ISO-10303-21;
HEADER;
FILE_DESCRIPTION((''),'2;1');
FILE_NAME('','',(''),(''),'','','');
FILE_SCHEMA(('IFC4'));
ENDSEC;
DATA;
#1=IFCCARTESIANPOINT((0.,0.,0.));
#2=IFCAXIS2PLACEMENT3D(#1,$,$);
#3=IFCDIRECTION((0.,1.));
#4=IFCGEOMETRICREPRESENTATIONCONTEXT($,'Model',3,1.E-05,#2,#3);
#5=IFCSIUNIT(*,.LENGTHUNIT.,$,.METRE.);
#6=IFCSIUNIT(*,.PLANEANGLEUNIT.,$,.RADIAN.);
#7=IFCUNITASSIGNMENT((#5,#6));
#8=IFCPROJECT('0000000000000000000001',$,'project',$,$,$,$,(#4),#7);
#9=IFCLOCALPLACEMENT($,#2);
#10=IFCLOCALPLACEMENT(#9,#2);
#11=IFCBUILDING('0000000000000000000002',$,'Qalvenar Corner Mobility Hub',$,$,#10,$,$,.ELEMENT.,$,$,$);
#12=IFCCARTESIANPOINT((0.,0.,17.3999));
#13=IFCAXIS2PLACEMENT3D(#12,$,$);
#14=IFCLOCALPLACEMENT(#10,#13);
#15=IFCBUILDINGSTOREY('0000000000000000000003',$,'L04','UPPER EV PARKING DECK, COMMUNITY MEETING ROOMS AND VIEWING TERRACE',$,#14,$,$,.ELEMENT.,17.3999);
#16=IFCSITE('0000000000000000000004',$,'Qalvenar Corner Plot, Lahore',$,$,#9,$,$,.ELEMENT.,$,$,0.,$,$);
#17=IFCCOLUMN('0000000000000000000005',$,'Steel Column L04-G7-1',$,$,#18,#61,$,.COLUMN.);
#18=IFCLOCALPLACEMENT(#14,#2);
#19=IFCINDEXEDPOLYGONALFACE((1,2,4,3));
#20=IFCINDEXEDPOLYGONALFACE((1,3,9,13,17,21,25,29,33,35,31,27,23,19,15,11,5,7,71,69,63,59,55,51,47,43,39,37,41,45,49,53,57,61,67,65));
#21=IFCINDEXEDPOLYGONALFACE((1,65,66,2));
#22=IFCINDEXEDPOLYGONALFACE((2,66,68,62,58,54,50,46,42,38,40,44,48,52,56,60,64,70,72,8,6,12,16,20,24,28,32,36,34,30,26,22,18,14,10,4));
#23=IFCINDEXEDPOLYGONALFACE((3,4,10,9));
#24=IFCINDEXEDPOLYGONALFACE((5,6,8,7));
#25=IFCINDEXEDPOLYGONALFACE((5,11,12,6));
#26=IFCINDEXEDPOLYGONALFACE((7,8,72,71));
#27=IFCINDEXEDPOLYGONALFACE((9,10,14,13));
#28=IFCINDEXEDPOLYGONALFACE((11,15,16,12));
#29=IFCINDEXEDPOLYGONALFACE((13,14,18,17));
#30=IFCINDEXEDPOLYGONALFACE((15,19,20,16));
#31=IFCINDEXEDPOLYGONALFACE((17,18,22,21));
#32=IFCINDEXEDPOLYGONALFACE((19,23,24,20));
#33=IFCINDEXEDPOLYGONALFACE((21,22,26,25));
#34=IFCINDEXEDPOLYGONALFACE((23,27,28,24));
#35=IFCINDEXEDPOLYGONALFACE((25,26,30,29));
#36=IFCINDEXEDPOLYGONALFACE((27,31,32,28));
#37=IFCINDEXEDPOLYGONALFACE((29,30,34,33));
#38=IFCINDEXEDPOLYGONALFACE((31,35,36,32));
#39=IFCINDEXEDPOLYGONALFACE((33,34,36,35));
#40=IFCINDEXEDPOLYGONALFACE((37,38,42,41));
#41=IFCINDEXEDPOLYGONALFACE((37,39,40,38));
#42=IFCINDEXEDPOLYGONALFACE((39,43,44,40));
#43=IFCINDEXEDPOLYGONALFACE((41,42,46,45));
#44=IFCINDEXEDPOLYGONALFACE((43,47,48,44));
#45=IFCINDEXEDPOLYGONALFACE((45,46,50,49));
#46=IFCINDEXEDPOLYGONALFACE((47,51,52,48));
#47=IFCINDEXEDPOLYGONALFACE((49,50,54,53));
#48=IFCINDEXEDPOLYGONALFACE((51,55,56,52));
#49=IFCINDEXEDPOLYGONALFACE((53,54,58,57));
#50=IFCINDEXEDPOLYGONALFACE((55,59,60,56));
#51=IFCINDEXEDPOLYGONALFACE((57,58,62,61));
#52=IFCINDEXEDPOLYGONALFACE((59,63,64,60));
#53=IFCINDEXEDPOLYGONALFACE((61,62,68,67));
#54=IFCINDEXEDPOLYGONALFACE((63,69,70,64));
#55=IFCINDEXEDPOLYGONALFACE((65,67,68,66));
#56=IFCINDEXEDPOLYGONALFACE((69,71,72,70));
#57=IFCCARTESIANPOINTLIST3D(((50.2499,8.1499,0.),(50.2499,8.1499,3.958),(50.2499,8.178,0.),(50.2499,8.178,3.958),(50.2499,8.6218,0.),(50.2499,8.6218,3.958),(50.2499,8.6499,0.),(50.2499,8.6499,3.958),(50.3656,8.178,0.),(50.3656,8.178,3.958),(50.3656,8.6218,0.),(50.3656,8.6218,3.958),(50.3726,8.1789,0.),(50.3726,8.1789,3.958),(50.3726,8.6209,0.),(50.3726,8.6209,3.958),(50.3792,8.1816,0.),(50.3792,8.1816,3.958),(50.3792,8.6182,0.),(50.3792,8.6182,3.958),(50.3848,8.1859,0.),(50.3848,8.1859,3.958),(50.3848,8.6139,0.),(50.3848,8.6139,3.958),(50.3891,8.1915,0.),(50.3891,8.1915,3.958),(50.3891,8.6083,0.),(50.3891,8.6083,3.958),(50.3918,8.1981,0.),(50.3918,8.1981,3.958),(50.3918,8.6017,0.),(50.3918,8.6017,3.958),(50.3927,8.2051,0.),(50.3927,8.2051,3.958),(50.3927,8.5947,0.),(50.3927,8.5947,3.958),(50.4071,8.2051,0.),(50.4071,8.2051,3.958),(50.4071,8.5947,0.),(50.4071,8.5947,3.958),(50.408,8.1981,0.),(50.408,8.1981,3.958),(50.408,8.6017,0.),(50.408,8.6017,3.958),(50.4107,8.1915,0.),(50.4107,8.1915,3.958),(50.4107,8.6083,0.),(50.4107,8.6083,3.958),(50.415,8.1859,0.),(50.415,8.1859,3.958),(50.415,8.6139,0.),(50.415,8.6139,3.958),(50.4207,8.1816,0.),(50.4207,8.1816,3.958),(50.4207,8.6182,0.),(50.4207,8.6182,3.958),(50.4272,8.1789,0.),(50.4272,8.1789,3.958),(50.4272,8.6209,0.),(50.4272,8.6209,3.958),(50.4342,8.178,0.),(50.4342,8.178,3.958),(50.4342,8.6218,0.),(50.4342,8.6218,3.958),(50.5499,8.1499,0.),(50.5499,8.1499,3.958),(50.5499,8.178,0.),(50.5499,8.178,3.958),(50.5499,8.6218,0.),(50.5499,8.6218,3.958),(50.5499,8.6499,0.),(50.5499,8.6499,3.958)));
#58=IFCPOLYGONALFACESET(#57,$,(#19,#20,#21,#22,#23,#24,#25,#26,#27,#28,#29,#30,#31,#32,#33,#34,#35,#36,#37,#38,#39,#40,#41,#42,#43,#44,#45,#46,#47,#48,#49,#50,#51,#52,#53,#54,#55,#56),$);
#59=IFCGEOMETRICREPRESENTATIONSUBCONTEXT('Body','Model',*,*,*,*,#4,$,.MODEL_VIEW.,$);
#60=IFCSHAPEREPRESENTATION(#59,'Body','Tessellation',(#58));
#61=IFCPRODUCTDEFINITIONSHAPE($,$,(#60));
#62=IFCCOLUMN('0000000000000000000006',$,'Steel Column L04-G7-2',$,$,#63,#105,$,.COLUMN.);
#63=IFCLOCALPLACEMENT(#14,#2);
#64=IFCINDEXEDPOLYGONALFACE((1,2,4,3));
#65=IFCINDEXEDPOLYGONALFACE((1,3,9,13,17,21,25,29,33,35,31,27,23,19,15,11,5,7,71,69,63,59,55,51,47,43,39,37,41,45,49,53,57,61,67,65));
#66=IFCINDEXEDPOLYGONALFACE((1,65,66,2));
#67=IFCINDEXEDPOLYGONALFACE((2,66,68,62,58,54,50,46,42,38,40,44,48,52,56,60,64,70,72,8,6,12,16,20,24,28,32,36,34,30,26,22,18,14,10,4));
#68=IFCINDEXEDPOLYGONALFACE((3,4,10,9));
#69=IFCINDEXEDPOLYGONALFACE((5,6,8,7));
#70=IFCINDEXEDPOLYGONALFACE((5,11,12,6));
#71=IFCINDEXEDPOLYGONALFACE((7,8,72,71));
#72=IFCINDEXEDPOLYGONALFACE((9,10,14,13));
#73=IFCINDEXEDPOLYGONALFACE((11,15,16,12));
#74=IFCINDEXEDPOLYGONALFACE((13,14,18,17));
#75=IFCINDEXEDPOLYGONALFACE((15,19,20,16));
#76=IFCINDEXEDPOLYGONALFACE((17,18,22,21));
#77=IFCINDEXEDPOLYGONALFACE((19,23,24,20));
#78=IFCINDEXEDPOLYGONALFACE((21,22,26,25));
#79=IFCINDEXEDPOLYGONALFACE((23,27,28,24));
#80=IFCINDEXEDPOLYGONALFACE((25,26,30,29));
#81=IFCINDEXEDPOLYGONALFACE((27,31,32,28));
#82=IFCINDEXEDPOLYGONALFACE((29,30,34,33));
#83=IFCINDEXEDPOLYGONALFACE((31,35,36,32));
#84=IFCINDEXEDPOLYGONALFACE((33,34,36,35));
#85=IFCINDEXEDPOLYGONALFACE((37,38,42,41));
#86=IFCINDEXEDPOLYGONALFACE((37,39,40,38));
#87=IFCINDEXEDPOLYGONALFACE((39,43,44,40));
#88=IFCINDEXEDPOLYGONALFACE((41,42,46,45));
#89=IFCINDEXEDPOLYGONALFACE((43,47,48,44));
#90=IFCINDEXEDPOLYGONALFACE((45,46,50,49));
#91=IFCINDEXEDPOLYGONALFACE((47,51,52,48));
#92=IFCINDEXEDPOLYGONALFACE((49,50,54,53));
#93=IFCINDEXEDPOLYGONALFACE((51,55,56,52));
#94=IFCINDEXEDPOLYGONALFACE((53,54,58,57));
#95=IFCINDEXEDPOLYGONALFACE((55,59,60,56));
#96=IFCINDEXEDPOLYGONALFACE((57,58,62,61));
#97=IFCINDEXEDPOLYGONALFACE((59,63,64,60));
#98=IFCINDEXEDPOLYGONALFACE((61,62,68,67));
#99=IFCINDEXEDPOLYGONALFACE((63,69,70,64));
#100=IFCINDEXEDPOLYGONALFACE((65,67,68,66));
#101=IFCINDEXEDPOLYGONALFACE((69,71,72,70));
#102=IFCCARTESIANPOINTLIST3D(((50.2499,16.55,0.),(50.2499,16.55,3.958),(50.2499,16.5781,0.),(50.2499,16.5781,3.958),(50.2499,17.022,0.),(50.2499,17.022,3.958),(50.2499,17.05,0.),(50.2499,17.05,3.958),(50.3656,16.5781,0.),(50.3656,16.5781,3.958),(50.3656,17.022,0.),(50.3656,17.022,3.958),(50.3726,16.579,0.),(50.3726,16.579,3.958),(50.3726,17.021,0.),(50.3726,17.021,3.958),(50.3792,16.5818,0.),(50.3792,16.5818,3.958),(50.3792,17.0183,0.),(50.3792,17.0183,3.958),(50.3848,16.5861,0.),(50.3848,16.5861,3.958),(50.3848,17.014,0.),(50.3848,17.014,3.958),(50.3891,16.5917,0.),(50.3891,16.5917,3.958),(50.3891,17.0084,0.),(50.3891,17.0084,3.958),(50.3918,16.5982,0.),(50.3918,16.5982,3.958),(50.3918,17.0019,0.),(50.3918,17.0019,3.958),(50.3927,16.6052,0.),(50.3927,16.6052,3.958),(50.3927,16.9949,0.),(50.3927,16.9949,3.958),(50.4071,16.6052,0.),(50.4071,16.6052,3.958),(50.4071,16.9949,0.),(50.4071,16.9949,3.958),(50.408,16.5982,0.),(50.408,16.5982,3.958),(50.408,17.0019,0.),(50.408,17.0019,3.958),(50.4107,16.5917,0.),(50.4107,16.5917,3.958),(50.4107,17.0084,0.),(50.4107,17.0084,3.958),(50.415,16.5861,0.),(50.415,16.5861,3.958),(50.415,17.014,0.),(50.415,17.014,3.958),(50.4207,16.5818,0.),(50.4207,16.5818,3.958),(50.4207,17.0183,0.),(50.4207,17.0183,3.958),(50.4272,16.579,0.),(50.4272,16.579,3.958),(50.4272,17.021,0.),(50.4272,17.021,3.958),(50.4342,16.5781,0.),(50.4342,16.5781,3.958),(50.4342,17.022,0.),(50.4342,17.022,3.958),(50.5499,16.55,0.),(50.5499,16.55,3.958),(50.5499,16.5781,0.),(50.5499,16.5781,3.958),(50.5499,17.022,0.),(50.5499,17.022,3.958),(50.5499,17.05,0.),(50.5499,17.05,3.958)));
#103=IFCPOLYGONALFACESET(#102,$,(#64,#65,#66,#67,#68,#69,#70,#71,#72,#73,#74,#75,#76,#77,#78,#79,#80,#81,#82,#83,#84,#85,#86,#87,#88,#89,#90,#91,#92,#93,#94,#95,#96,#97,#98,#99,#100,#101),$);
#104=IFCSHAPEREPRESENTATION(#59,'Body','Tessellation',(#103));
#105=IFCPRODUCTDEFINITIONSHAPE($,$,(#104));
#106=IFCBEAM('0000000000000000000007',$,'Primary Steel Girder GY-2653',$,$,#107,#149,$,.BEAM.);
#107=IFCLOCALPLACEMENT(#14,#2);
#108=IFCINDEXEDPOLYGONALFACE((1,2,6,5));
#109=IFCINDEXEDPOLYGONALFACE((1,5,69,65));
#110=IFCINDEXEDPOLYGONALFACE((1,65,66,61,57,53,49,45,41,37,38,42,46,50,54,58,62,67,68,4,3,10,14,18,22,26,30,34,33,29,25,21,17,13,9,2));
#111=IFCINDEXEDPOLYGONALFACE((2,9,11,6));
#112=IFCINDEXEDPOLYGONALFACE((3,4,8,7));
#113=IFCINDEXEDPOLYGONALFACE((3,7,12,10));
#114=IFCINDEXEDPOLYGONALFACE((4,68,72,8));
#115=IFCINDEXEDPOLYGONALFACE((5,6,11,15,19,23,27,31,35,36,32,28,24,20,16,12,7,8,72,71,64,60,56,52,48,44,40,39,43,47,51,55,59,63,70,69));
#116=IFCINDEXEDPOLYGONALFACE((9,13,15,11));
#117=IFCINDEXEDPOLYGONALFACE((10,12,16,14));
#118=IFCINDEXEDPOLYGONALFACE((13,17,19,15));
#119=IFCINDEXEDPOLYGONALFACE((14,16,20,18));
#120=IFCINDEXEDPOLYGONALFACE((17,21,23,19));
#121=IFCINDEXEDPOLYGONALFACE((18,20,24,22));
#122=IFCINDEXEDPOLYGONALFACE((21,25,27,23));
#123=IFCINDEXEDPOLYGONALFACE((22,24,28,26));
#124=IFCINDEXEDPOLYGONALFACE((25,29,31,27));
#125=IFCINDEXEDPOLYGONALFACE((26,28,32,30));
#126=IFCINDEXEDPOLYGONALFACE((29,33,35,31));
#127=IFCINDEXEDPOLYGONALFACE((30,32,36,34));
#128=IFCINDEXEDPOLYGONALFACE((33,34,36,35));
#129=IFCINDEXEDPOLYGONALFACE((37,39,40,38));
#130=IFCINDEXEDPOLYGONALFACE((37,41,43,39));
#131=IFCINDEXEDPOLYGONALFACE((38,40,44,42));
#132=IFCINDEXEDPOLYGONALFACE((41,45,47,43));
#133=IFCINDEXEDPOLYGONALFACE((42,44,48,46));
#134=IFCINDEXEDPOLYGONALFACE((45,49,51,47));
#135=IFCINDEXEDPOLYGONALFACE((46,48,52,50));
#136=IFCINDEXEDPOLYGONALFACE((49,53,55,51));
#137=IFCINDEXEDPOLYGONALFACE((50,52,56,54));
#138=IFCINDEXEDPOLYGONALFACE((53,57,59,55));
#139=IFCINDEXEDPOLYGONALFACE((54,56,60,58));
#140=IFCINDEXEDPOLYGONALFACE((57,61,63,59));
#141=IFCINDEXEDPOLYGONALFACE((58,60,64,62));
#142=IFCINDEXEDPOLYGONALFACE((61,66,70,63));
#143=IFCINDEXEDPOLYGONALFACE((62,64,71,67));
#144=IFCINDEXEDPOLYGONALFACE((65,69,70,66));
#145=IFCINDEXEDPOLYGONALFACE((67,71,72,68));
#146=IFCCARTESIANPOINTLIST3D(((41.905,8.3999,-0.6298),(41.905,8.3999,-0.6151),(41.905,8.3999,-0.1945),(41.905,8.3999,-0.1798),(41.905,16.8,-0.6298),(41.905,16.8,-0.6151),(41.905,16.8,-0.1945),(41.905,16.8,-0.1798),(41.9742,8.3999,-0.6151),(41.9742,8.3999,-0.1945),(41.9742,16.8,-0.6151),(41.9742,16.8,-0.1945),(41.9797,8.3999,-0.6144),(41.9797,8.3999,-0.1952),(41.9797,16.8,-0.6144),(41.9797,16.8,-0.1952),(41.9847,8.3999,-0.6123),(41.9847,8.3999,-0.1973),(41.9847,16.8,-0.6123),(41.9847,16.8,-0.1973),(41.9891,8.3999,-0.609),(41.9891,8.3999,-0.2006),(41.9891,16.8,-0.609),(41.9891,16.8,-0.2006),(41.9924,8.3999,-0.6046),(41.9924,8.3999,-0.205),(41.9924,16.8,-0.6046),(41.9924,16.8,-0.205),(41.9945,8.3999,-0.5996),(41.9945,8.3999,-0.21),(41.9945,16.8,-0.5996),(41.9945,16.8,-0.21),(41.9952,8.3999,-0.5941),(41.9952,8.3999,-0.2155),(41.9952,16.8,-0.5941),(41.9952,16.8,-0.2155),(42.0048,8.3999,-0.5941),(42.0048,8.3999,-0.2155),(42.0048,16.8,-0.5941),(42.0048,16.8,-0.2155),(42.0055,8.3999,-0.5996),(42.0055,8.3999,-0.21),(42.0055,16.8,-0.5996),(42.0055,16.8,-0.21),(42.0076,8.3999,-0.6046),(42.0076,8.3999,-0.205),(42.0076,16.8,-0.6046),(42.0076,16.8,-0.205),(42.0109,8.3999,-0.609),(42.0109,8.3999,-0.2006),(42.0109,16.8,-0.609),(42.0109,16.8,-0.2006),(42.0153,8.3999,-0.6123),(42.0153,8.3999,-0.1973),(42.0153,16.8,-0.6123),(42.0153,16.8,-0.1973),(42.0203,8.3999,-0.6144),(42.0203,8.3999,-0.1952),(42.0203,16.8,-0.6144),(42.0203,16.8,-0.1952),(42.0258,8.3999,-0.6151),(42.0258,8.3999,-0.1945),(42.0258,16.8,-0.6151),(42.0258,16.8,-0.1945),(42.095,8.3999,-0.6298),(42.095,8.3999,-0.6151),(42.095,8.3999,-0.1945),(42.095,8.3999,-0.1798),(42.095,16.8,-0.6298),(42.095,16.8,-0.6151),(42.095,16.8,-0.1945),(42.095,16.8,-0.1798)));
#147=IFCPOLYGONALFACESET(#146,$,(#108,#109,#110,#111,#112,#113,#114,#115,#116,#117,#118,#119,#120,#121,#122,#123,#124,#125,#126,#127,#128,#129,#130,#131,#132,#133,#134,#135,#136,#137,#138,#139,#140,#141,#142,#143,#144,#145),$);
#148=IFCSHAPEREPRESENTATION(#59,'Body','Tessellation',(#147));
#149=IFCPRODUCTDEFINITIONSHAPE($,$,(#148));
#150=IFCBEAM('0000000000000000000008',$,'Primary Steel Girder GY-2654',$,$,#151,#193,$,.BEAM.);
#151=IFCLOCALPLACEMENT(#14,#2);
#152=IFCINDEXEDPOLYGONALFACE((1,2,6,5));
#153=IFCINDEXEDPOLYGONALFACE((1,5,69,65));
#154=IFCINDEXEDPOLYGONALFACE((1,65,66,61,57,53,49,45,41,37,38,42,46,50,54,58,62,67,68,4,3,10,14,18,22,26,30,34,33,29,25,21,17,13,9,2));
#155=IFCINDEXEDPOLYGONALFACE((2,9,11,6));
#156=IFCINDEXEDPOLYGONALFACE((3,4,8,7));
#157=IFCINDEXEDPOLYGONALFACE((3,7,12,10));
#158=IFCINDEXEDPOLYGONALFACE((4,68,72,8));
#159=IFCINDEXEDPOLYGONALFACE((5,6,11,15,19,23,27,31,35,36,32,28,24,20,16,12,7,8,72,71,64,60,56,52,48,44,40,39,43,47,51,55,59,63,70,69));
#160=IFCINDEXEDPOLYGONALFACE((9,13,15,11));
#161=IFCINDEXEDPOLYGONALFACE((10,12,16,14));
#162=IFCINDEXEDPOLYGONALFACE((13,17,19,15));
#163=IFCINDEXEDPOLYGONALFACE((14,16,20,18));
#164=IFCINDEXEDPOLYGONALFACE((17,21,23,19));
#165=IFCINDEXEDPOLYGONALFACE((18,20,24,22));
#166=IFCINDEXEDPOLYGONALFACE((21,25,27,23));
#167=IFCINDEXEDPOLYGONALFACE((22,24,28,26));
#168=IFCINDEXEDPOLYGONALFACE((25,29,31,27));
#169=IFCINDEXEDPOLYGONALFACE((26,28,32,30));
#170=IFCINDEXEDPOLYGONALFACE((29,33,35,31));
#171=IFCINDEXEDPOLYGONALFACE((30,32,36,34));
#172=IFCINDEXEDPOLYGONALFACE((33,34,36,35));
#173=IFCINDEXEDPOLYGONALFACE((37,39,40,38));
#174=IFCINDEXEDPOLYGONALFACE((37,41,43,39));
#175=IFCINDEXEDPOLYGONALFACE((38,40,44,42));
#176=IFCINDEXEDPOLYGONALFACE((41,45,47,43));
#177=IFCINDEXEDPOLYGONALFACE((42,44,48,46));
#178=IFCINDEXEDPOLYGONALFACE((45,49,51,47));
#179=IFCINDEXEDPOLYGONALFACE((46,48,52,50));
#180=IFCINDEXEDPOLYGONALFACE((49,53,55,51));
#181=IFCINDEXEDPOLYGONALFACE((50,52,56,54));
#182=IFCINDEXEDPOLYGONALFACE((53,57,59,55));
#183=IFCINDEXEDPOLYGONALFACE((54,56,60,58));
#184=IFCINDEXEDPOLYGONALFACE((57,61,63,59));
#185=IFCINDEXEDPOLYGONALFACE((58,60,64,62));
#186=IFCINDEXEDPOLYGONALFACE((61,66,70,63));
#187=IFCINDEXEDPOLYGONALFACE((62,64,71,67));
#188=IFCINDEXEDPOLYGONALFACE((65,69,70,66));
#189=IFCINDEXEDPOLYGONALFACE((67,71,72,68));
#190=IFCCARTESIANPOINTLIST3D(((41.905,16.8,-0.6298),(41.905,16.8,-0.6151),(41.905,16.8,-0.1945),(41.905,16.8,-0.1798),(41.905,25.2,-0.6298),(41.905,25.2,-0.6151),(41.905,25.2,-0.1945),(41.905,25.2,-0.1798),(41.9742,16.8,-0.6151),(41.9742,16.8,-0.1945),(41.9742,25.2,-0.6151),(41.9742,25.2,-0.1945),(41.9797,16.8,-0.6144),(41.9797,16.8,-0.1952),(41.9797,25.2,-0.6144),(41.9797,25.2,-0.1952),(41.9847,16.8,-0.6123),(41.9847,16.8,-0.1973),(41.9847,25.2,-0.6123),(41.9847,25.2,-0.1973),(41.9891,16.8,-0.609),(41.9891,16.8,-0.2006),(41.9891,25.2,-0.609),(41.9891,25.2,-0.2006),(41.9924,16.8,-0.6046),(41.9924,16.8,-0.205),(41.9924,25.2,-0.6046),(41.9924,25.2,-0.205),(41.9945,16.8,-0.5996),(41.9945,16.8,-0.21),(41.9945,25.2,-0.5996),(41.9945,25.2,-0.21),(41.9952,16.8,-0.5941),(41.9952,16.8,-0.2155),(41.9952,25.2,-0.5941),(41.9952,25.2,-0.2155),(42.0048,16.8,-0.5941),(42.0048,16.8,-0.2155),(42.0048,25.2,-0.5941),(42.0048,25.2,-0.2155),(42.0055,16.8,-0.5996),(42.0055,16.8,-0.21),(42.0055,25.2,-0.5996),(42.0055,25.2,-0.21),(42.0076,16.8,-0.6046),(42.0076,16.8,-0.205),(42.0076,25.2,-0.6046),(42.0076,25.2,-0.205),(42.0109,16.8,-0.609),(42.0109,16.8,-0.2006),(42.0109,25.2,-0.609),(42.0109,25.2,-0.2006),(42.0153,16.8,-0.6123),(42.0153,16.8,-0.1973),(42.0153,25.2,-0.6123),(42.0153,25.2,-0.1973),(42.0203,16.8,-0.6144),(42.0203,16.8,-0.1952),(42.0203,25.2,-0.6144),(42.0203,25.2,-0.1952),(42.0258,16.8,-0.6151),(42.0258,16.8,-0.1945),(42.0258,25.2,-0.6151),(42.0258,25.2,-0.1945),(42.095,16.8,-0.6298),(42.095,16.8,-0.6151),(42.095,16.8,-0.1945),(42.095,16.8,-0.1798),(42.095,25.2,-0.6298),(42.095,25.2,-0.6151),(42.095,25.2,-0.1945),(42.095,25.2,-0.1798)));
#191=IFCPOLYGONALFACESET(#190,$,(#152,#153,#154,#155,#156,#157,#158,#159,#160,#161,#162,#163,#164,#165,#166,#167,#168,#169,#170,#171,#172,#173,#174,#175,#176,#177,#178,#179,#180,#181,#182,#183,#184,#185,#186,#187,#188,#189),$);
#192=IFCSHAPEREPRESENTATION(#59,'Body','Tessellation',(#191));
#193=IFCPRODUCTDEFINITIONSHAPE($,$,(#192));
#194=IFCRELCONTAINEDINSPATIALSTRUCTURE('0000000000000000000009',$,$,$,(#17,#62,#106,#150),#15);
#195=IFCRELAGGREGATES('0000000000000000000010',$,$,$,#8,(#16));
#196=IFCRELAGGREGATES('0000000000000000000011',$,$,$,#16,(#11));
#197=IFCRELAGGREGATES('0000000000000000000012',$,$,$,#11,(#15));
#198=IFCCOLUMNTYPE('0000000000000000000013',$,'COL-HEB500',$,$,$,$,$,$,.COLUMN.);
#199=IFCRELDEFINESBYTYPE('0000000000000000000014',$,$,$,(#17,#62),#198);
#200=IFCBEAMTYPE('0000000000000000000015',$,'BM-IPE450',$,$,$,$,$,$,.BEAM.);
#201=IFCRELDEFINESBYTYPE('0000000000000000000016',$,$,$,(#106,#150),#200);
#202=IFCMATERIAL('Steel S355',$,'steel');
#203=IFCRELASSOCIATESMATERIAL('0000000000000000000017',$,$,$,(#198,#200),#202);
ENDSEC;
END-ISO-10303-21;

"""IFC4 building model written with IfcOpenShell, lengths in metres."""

from ifc_helpers import new_model, si_unit, direction, frame, origin, origin_2d, place, context, subcontext, project, spatial, i_section, extrude, material, material_profile, profile_set, type_object, element, save


model = new_model("IFC4")

# Units and contexts
model_context = context("Model", 3, precision=1e-05, world=origin(), true_north=direction((0.0, 1.0)))
body_context = subcontext(model_context, "Body", "Model", "MODEL_VIEW")
ifc_project = project(units=[si_unit("LENGTHUNIT", "METRE"), si_unit("PLANEANGLEUNIT", "RADIAN")], contexts=[model_context])

# Site, building, storey
site_placement = place(None, origin())
site = spatial("IfcSite", under=ifc_project, at=site_placement, Name="Qalvenar Corner Plot, Lahore", CompositionType="ELEMENT", RefElevation=0.0)
building_placement = place(site_placement, origin())
building = spatial("IfcBuilding", under=site, at=building_placement, Name="Qalvenar Corner Mobility Hub", CompositionType="ELEMENT")
storey_placement = place(building_placement, frame((0.0, 0.0, 17.3999)))
storey = spatial("IfcBuildingStorey", under=building, at=storey_placement, Name="L04", Description="UPPER EV PARKING DECK, COMMUNITY MEETING ROOMS AND VIEWING TERRACE", CompositionType="ELEMENT", Elevation=17.3999)

# Columns
ifc_material_1 = material(Name="Steel S355", Category="steel")
ifc_material_profile_1 = material_profile(ifc_material_1, i_section(OverallWidth=0.3, OverallDepth=0.5, WebThickness=0.0144, FlangeThickness=0.0281, FilletRadius=0.0271, at=origin_2d()), Name="HEB500")
ifc_profile_set_1 = profile_set([ifc_material_profile_1], Name="Steel S355")
column_type = type_object("IfcColumnType", Name="COL-HEB500", PredefinedType="COLUMN", material=ifc_profile_set_1)
for number, where, z_axis, x_axis, name in (
    (1, (50.3999, 8.3999, 0.0), (0.0, 0.0, 1.0), (1.0, 0.0, 0.0), "Steel Column L04-G7-1"),
    (2, (50.3999, 16.8, 0.0), (0.0, 0.0, 1.0), (1.0, 0.0, 0.0), "Steel Column L04-G7-2"),
):
    element("IfcColumn", number, at=place(storey_placement, frame(where, z_axis=z_axis, x_axis=x_axis)), inside=storey, type_object=column_type, Name=name, PredefinedType="COLUMN", context=body_context, shape_type="SweptSolid", body=[
        extrude(i_section(OverallWidth=0.3, OverallDepth=0.5, WebThickness=0.0144, FlangeThickness=0.0281, FilletRadius=0.0271, at=origin_2d()), origin(), (0.0, 0.0, 1.0), 3.958),
    ])

# Beams
ifc_material_profile_2 = material_profile(ifc_material_1, i_section(OverallWidth=0.1899, OverallDepth=0.45, WebThickness=0.0095, FlangeThickness=0.0146, FilletRadius=0.021, at=origin_2d()), Name="IPE450")
ifc_profile_set_2 = profile_set([ifc_material_profile_2], Name="Steel S355")
beam_type_1 = type_object("IfcBeamType", Name="BM-IPE450", PredefinedType="BEAM", material=ifc_profile_set_2)
beam_1_placement = place(storey_placement, frame((42.0, 8.3999, -0.4048), z_axis=(0.0, 1.0, 0.0), x_axis=(-1.0, 0.0, 0.0)))
element("IfcBeam", 3, at=beam_1_placement, inside=storey, type_object=beam_type_1, Name="Primary Steel Girder GY-2653", PredefinedType="BEAM", context=body_context, shape_type="SweptSolid", body=[
    extrude(i_section(OverallWidth=0.1899, OverallDepth=0.45, WebThickness=0.0095, FlangeThickness=0.0146, FilletRadius=0.021, at=origin_2d()), origin(), (0.0, 0.0, 1.0), 8.4001),
])
beam_2_placement = place(storey_placement, frame((42.0, 16.8, -0.4048), z_axis=(0.0, 1.0, 0.0), x_axis=(-1.0, 0.0, 0.0)))
element("IfcBeam", 4, at=beam_2_placement, inside=storey, type_object=beam_type_1, Name="Primary Steel Girder GY-2654", PredefinedType="BEAM", context=body_context, shape_type="SweptSolid", body=[
    extrude(i_section(OverallWidth=0.1899, OverallDepth=0.45, WebThickness=0.0095, FlangeThickness=0.0146, FilletRadius=0.021, at=origin_2d()), origin(), (0.0, 0.0, 1.0), 8.3999),
])

save(model, "model.ifc")
